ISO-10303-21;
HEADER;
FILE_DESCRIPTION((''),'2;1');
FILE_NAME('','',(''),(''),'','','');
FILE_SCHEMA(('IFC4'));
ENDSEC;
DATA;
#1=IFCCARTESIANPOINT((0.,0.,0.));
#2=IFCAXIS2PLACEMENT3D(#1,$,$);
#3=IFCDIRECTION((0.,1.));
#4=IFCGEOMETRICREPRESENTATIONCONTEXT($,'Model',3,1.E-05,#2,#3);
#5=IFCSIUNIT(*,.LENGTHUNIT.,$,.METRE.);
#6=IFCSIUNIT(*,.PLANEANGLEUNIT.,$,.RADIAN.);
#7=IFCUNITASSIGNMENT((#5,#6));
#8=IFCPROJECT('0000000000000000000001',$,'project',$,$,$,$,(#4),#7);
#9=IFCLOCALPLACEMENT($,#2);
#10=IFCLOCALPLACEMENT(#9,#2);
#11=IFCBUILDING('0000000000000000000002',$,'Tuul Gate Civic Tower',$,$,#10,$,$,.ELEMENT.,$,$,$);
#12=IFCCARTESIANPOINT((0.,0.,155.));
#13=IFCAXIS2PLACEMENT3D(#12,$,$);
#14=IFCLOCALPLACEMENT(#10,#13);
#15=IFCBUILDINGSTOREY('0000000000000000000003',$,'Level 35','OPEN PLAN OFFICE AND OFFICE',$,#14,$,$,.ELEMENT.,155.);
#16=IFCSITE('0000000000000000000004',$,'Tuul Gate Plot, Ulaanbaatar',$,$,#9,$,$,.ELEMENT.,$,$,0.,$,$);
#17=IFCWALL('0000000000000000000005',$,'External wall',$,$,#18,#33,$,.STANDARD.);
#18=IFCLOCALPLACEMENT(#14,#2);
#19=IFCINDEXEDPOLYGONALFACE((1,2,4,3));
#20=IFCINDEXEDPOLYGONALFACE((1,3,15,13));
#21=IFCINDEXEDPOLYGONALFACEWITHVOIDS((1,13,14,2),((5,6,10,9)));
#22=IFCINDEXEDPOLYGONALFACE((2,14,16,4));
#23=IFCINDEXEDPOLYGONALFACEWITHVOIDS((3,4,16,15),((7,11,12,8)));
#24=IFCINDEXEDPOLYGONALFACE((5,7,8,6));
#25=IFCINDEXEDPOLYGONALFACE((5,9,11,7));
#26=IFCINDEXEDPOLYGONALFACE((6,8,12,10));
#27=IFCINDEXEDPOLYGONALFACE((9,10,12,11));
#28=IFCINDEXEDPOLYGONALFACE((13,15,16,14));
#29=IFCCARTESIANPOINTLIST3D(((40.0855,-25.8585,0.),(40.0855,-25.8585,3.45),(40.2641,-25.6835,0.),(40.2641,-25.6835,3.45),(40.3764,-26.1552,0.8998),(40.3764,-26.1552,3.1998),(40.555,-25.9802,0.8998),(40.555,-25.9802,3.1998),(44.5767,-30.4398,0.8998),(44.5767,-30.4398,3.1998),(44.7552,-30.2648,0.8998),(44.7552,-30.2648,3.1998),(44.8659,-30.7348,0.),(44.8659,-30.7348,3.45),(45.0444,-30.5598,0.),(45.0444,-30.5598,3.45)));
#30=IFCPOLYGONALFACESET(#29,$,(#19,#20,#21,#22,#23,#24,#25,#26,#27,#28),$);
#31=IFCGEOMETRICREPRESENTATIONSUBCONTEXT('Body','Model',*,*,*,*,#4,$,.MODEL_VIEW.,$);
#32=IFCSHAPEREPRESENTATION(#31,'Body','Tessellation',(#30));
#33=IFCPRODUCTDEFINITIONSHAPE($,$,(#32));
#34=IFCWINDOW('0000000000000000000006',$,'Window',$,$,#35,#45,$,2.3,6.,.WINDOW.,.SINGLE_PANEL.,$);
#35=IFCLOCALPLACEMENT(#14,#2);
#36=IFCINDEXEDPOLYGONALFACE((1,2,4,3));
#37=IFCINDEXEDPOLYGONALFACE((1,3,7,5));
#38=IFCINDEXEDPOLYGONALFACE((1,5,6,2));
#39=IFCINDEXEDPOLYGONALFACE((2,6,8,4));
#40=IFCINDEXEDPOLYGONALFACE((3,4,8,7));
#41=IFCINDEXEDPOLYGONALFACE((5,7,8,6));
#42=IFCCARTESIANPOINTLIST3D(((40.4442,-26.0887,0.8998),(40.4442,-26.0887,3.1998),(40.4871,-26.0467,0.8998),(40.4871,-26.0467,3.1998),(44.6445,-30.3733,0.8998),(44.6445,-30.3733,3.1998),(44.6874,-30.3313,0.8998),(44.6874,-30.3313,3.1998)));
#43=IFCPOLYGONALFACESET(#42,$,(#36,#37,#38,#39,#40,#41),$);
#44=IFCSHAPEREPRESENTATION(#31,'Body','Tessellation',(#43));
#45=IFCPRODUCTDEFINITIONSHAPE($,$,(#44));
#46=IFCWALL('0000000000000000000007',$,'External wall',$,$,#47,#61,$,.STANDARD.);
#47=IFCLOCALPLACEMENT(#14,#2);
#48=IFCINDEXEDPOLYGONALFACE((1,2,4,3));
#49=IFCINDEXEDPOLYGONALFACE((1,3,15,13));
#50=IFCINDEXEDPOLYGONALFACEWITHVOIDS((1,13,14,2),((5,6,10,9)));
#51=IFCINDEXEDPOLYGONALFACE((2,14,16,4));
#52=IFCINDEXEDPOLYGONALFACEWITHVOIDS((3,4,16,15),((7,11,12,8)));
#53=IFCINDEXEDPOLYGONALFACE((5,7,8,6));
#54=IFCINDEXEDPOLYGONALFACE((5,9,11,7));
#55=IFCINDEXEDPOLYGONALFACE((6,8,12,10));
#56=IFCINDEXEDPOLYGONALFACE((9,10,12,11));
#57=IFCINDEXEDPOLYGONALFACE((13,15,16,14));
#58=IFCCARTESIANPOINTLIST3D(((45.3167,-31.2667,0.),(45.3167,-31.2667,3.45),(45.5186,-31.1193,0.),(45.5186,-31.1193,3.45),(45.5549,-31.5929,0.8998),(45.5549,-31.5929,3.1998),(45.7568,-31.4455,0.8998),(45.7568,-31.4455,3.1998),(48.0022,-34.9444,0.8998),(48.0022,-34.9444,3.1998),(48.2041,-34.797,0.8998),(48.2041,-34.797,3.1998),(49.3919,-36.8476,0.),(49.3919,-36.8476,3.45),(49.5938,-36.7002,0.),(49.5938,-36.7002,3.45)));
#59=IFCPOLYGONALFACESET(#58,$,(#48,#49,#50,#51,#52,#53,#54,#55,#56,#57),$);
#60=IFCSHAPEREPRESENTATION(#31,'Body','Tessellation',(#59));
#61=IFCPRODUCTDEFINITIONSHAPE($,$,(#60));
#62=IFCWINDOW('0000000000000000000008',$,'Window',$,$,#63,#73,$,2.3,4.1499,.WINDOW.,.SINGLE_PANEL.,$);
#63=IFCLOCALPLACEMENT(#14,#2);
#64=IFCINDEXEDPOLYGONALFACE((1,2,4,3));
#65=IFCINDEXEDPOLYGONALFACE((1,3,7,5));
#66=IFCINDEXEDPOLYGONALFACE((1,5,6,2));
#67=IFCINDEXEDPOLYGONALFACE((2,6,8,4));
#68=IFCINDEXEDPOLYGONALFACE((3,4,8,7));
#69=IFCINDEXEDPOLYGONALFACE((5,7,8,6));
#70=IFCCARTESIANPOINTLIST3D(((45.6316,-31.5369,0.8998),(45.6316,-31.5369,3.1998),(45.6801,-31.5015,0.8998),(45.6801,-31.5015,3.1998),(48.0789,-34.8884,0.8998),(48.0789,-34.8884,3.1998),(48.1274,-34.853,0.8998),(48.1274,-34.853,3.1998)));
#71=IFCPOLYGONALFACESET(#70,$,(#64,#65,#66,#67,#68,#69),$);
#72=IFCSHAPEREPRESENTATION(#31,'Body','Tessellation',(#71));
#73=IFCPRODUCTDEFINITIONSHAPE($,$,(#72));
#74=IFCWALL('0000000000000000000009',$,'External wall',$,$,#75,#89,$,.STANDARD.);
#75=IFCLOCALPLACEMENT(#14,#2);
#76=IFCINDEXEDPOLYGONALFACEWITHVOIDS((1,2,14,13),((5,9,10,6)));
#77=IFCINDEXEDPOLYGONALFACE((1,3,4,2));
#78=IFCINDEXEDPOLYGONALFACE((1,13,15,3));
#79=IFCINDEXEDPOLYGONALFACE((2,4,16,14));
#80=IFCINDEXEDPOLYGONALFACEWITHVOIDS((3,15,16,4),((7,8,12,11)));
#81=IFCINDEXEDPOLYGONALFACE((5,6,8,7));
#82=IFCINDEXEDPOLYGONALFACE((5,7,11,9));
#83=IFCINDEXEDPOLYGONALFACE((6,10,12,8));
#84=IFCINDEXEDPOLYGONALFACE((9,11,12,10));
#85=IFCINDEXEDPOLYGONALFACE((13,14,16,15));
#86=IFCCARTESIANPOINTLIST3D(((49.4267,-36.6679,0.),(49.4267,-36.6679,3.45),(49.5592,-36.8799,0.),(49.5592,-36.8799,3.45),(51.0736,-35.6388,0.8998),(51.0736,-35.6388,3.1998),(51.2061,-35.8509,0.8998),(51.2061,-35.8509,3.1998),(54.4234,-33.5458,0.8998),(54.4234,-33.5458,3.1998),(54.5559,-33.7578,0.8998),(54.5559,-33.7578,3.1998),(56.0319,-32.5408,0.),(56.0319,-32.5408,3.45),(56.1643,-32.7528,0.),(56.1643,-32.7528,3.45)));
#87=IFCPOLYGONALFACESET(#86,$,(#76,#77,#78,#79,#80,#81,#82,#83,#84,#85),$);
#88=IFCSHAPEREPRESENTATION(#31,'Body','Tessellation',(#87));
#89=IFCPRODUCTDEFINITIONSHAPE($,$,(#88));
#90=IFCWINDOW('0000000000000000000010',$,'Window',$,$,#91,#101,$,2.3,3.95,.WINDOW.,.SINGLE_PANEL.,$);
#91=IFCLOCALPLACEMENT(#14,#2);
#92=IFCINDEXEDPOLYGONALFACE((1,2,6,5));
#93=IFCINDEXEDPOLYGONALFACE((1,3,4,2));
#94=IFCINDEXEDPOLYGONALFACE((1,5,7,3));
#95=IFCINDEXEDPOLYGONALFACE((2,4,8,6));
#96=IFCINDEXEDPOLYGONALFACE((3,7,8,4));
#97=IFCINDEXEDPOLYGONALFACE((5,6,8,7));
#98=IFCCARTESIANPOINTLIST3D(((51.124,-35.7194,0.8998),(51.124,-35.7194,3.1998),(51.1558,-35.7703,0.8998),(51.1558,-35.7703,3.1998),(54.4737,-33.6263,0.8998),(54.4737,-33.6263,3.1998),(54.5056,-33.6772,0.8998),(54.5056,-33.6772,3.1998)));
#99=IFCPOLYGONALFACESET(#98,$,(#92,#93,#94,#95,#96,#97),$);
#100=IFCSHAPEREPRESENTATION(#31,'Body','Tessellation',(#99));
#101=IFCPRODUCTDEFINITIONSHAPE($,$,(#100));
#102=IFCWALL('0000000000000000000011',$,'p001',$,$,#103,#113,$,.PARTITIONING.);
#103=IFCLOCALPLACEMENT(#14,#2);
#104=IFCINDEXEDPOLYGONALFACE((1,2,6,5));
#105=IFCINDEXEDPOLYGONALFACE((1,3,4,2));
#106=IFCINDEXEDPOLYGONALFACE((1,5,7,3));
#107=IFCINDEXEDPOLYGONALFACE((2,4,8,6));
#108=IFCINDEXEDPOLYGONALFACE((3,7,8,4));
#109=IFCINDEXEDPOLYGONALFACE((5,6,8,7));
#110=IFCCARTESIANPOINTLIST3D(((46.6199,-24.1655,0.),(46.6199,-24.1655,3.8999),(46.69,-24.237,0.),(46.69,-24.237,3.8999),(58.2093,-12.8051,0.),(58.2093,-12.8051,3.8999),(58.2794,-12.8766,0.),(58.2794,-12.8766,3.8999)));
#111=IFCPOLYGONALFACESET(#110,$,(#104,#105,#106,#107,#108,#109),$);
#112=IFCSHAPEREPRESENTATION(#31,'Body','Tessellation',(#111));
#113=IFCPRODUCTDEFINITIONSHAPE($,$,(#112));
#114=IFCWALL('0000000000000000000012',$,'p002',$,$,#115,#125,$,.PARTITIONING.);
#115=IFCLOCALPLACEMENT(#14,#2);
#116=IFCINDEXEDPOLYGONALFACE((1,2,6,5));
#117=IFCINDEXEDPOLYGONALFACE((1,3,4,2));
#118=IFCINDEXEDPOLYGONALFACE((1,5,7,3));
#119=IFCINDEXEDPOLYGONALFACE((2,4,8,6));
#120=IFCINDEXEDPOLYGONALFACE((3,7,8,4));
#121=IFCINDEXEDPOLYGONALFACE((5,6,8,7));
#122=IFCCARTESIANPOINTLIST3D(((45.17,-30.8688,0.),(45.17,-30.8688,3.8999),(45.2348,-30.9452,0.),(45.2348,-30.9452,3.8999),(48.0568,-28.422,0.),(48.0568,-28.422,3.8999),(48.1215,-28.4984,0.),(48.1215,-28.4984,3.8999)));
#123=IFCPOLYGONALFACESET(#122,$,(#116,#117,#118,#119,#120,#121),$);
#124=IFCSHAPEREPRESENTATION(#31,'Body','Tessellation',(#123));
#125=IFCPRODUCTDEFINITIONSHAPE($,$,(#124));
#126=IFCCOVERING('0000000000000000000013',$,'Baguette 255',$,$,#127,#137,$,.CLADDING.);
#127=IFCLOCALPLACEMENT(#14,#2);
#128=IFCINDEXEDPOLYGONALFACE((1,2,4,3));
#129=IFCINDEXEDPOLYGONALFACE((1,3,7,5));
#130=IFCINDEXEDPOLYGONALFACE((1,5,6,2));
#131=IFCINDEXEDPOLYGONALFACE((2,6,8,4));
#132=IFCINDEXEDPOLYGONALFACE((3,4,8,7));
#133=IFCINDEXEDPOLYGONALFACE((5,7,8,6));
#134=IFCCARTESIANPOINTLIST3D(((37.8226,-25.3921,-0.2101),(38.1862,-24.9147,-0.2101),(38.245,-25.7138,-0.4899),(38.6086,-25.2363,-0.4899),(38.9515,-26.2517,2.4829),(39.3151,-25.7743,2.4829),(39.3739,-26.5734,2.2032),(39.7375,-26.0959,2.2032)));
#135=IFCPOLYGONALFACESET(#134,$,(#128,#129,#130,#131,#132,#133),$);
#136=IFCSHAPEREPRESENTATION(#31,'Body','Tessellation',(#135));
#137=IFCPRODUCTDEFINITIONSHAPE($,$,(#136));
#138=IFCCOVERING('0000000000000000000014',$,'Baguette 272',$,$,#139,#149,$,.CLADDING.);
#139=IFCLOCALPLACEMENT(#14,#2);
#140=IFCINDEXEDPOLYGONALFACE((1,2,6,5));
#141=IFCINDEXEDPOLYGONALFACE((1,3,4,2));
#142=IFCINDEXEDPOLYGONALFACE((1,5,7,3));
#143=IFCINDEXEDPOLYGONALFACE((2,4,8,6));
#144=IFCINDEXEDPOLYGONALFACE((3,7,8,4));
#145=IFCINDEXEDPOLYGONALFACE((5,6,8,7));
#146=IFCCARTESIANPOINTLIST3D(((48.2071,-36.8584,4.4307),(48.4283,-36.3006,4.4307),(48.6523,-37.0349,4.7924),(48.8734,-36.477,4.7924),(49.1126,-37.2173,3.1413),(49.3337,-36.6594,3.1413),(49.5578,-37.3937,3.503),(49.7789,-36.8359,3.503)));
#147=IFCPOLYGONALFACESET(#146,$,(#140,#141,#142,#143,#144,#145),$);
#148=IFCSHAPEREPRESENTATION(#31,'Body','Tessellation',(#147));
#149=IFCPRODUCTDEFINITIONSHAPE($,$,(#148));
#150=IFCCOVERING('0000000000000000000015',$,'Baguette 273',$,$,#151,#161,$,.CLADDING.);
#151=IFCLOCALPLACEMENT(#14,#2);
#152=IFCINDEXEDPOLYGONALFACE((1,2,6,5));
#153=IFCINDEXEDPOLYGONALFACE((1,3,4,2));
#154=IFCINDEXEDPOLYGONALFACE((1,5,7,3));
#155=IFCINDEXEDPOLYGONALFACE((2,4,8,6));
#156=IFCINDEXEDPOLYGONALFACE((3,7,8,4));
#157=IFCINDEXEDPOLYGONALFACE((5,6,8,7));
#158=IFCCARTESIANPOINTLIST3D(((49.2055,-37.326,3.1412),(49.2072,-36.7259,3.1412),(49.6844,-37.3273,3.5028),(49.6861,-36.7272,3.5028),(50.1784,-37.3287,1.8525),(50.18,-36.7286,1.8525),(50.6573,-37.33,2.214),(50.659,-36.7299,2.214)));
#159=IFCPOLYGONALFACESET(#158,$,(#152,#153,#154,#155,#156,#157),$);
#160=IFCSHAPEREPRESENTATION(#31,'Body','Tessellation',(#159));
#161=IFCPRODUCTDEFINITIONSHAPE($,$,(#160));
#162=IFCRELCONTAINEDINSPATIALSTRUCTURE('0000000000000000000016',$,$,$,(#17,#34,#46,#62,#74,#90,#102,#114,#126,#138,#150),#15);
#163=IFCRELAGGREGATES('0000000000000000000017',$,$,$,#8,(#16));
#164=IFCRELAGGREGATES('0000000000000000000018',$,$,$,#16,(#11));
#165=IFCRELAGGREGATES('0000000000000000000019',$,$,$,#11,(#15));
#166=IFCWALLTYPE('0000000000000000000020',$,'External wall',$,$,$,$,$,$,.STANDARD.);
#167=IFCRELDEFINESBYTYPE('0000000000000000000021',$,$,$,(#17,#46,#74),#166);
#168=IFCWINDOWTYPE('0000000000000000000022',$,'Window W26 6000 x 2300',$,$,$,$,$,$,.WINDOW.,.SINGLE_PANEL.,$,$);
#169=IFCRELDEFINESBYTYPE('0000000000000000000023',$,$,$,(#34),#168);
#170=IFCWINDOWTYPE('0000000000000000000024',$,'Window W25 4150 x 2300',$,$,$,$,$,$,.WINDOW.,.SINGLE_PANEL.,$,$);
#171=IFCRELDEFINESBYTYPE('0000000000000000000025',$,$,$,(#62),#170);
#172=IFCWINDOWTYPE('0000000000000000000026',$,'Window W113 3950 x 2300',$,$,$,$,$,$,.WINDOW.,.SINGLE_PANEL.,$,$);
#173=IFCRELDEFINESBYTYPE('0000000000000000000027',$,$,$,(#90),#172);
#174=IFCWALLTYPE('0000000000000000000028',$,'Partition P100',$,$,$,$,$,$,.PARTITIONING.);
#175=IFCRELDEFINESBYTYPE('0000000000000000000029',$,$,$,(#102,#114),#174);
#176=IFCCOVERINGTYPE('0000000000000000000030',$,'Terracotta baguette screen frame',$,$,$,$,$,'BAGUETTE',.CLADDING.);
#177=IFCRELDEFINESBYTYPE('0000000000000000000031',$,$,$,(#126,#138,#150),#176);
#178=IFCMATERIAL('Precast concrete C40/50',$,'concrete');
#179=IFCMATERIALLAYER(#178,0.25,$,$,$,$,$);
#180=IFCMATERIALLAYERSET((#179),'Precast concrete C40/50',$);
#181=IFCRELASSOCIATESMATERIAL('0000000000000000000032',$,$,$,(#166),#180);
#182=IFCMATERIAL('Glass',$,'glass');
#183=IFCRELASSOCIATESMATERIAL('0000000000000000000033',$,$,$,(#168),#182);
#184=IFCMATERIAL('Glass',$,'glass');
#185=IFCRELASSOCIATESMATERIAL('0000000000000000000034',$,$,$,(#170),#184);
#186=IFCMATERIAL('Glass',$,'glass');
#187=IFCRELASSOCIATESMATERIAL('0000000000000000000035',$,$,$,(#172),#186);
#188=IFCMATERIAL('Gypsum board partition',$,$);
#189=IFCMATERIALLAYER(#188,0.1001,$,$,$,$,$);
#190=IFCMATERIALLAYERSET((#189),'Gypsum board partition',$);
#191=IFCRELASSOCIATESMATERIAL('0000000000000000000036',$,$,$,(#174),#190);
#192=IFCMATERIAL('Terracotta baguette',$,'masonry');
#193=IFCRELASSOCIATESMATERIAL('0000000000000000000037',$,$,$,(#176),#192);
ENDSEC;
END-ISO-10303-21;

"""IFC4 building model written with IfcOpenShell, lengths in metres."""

from ifc_helpers import new_model, si_unit, direction, frame, frame_2d, origin, origin_2d, place, context, subcontext, project, spatial, rectangle, extrude, material, layer, layer_set, material_profile, profile_set, type_object, element, fill, save


model = new_model("IFC4")

# Units and contexts
model_context = context("Model", 3, precision=1e-05, world=origin(), true_north=direction((0.0, 1.0)))
body_context = subcontext(model_context, "Body", "Model", "MODEL_VIEW")
ifc_project = project(units=[si_unit("LENGTHUNIT", "METRE"), si_unit("PLANEANGLEUNIT", "RADIAN")], contexts=[model_context])

# Site, building, storey
site_placement = place(None, origin())
site = spatial("IfcSite", under=ifc_project, at=site_placement, Name="Tuul Gate Plot, Ulaanbaatar", CompositionType="ELEMENT", RefElevation=0.0)
building_placement = place(site_placement, origin())
building = spatial("IfcBuilding", under=site, at=building_placement, Name="Tuul Gate Civic Tower", CompositionType="ELEMENT")
storey_placement = place(building_placement, frame((0.0, 0.0, 155.0)))
storey = spatial("IfcBuildingStorey", under=building, at=storey_placement, Name="Level 35", Description="OPEN PLAN OFFICE AND OFFICE", CompositionType="ELEMENT", Elevation=155.0)

# Walls, openings, windows
ifc_material_1 = material(Name="Precast concrete C40/50", Category="concrete")
ifc_layer_1 = layer(ifc_material_1, 0.25)
ifc_layer_set_1 = layer_set([ifc_layer_1], Name="Precast concrete C40/50")
wall_type_1 = type_object("IfcWallType", Name="External wall", PredefinedType="STANDARD", material=ifc_layer_set_1)
wall_1_placement = place(storey_placement, frame((40.1748, -25.771, 0.0), z_axis=(0.0, 0.0, 1.0), x_axis=(0.700046, -0.714097, 0.0)))
wall_1 = element("IfcWall", 1, at=wall_1_placement, inside=storey, type_object=wall_type_1, Name="External wall", PredefinedType="STANDARD", context=body_context, shape_type="SweptSolid", body=[
    extrude(rectangle(XDim=6.8286, YDim=0.25, at=frame_2d((3.4143, 0.0))), origin(), (0.0, 0.0, 1.0), 3.45),
])
opening_1_placement = place(wall_1_placement, frame((0.4155, 0.0, 0.8999)))
opening_1 = element("IfcOpeningElement", 2, at=opening_1_placement, cuts=wall_1, PredefinedType="OPENING", context=body_context, shape_type="SweptSolid", body=[
    extrude(rectangle(XDim=6.0, YDim=2.3, at=frame_2d((3.0, 1.1499))), frame((0.0, 0.135, 0.0), z_axis=(0.0, -1.0, 0.0), x_axis=(1.0, 0.0, 0.0)), (0.0, 0.0, 1.0), 0.27),
])
ifc_material_2 = material(Name="Glass", Category="glass")
window_type_1 = type_object("IfcWindowType", Name="Window W26 6000 x 2300", PartitioningType="SINGLE_PANEL", PredefinedType="WINDOW", material=ifc_material_2)
window_1_placement = place(opening_1_placement, origin())
window_1 = element("IfcWindow", 3, at=window_1_placement, inside=storey, type_object=window_type_1, Name="Window", OverallHeight=2.3, OverallWidth=6.0, PartitioningType="SINGLE_PANEL", PredefinedType="WINDOW", context=body_context, shape_type="SweptSolid", body=[
    extrude(rectangle(XDim=6.0, YDim=2.3, at=frame_2d((3.0, 1.1499))), frame((0.0, 0.03, 0.0), z_axis=(0.0, -1.0, 0.0), x_axis=(1.0, 0.0, 0.0)), (0.0, 0.0, 1.0), 0.0601),
])
fill(opening_1, window_1)
wall_2_placement = place(storey_placement, frame((45.4177, -31.1931, 0.0), z_axis=(0.0, 0.0, 1.0), x_axis=(0.589725, -0.807604, 0.0)))
wall_2 = element("IfcWall", 4, at=wall_2_placement, inside=storey, type_object=wall_type_1, Name="External wall", PredefinedType="STANDARD", context=body_context, shape_type="SweptSolid", body=[
    extrude(rectangle(XDim=6.9104, YDim=0.25, at=frame_2d((3.4551, 0.0))), origin(), (0.0, 0.0, 1.0), 3.45),
])
opening_2_placement = place(wall_2_placement, frame((0.4038, 0.0, 0.8999)))
opening_2 = element("IfcOpeningElement", 5, at=opening_2_placement, cuts=wall_2, PredefinedType="OPENING", context=body_context, shape_type="SweptSolid", body=[
    extrude(rectangle(XDim=4.1499, YDim=2.3, at=frame_2d((2.075, 1.1499))), frame((0.0, 0.135, 0.0), z_axis=(0.0, -1.0, 0.0), x_axis=(1.0, 0.0, 0.0)), (0.0, 0.0, 1.0), 0.27),
])
ifc_material_3 = material(Name="Glass", Category="glass")
window_type_2 = type_object("IfcWindowType", Name="Window W25 4150 x 2300", PartitioningType="SINGLE_PANEL", PredefinedType="WINDOW", material=ifc_material_3)
window_2_placement = place(opening_2_placement, origin())
window_2 = element("IfcWindow", 6, at=window_2_placement, inside=storey, type_object=window_type_2, Name="Window", OverallHeight=2.3, OverallWidth=4.1499, PartitioningType="SINGLE_PANEL", PredefinedType="WINDOW", context=body_context, shape_type="SweptSolid", body=[
    extrude(rectangle(XDim=4.1499, YDim=2.3, at=frame_2d((2.075, 1.1499))), frame((0.0, 0.03, 0.0), z_axis=(0.0, -1.0, 0.0), x_axis=(1.0, 0.0, 0.0)), (0.0, 0.0, 1.0), 0.0601),
])
fill(opening_2, window_2)
wall_3_placement = place(storey_placement, frame((49.4929, -36.7739, 0.0), z_axis=(0.0, 0.0, 1.0), x_axis=(0.84806, 0.5299, 0.0)))
wall_3 = element("IfcWall", 7, at=wall_3_placement, inside=storey, type_object=wall_type_1, Name="External wall", PredefinedType="STANDARD", context=body_context, shape_type="SweptSolid", body=[
    extrude(rectangle(XDim=7.7886, YDim=0.25, at=frame_2d((3.8943, 0.0))), origin(), (0.0, 0.0, 1.0), 3.45),
])
opening_3_placement = place(wall_3_placement, frame((1.9419, 0.0, 0.8999)))
opening_3 = element("IfcOpeningElement", 8, at=opening_3_placement, cuts=wall_3, PredefinedType="OPENING", context=body_context, shape_type="SweptSolid", body=[
    extrude(rectangle(XDim=3.95, YDim=2.3, at=frame_2d((1.9751, 1.1499))), frame((0.0, 0.135, 0.0), z_axis=(0.0, -1.0, 0.0), x_axis=(1.0, 0.0, 0.0)), (0.0, 0.0, 1.0), 0.27),
])
ifc_material_4 = material(Name="Glass", Category="glass")
window_type_3 = type_object("IfcWindowType", Name="Window W113 3950 x 2300", PartitioningType="SINGLE_PANEL", PredefinedType="WINDOW", material=ifc_material_4)
window_3_placement = place(opening_3_placement, origin())
window_3 = element("IfcWindow", 9, at=window_3_placement, inside=storey, type_object=window_type_3, Name="Window", OverallHeight=2.3, OverallWidth=3.95, PartitioningType="SINGLE_PANEL", PredefinedType="WINDOW", context=body_context, shape_type="SweptSolid", body=[
    extrude(rectangle(XDim=3.95, YDim=2.3, at=frame_2d((1.9751, 1.1499))), frame((0.0, 0.03, 0.0), z_axis=(0.0, -1.0, 0.0), x_axis=(1.0, 0.0, 0.0)), (0.0, 0.0, 1.0), 0.0601),
])
fill(opening_3, window_3)

# Walls
ifc_material_5 = material(Name="Gypsum board partition")
ifc_layer_2 = layer(ifc_material_5, 0.1001)
ifc_layer_set_2 = layer_set([ifc_layer_2], Name="Gypsum board partition")
wall_type_2 = type_object("IfcWallType", Name="Partition P100", PredefinedType="PARTITIONING", material=ifc_layer_set_2)
wall_4_placement = place(storey_placement, frame((46.655, -24.2012, 0.0), z_axis=(0.0, 0.0, 1.0), x_axis=(0.714127, 0.700016, 0.0)))
element("IfcWall", 10, at=wall_4_placement, inside=storey, type_object=wall_type_2, Name="p001", PredefinedType="PARTITIONING", context=body_context, shape_type="SweptSolid", body=[
    extrude(rectangle(XDim=16.2288, YDim=0.1001, at=frame_2d((8.1143, 0.0))), origin(), (0.0, 0.0, 1.0), 3.8999),
])
wall_5_placement = place(storey_placement, frame((45.2024, -30.907, 0.0), z_axis=(0.0, 0.0, 1.0), x_axis=(0.762843, 0.646584, 0.0)))
element("IfcWall", 11, at=wall_5_placement, inside=storey, type_object=wall_type_2, Name="p002", PredefinedType="PARTITIONING", context=body_context, shape_type="SweptSolid", body=[
    extrude(rectangle(XDim=3.7842, YDim=0.1001, at=frame_2d((1.8921, 0.0))), origin(), (0.0, 0.0, 1.0), 3.8999),
])

# Coverings
ifc_material_6 = material(Name="Terracotta baguette", Category="masonry")
ifc_material_profile_1 = material_profile(ifc_material_6, rectangle(XDim=0.6001, YDim=0.6001, at=origin_2d()), Name="Terracotta baguette screen frame")
ifc_profile_set_1 = profile_set([ifc_material_profile_1], Name="Terracotta baguette")
covering_type = type_object("IfcCoveringType", Name="Terracotta baguette screen frame", ElementType="BAGUETTE", PredefinedType="CLADDING", material=ifc_profile_set_1)
covering_1_placement = place(storey_placement, frame((39.3445, -26.1738, 2.343), z_axis=(-0.370857, 0.282393, -0.884714), x_axis=(-0.60582, -0.795602, 0.0)))
element("IfcCovering", 12, at=covering_1_placement, inside=storey, type_object=covering_type, Name="Baguette 255", PredefinedType="CLADDING", context=body_context, shape_type="SweptSolid", body=[
    extrude(rectangle(XDim=0.6001, YDim=0.6001, at=origin_2d()), origin(), (0.0, 0.0, 1.0), 3.0439),
])
covering_2_placement = place(storey_placement, frame((48.5403, -36.6677, 4.6116), z_axis=(0.560319, -0.222073, -0.797952), x_axis=(0.36845, 0.929647, 0.0)))
element("IfcCovering", 13, at=covering_2_placement, inside=storey, type_object=covering_type, Name="Baguette 272", PredefinedType="CLADDING", context=body_context, shape_type="SweptSolid", body=[
    extrude(rectangle(XDim=0.6001, YDim=0.6001, at=origin_2d()), origin(), (0.0, 0.0, 1.0), 1.616),
])
covering_3_placement = place(storey_placement, frame((49.4458, -37.0266, 3.322), z_axis=(0.602488, -0.001663, -0.798126), x_axis=(0.00276, 0.999996, 0.0)))
element("IfcCovering", 14, at=covering_3_placement, inside=storey, type_object=covering_type, Name="Baguette 273", PredefinedType="CLADDING", context=body_context, shape_type="SweptSolid", body=[
    extrude(rectangle(XDim=0.6001, YDim=0.6001, at=origin_2d()), origin(), (0.0, 0.0, 1.0), 1.6147),
])

save(model, "model.ifc")
